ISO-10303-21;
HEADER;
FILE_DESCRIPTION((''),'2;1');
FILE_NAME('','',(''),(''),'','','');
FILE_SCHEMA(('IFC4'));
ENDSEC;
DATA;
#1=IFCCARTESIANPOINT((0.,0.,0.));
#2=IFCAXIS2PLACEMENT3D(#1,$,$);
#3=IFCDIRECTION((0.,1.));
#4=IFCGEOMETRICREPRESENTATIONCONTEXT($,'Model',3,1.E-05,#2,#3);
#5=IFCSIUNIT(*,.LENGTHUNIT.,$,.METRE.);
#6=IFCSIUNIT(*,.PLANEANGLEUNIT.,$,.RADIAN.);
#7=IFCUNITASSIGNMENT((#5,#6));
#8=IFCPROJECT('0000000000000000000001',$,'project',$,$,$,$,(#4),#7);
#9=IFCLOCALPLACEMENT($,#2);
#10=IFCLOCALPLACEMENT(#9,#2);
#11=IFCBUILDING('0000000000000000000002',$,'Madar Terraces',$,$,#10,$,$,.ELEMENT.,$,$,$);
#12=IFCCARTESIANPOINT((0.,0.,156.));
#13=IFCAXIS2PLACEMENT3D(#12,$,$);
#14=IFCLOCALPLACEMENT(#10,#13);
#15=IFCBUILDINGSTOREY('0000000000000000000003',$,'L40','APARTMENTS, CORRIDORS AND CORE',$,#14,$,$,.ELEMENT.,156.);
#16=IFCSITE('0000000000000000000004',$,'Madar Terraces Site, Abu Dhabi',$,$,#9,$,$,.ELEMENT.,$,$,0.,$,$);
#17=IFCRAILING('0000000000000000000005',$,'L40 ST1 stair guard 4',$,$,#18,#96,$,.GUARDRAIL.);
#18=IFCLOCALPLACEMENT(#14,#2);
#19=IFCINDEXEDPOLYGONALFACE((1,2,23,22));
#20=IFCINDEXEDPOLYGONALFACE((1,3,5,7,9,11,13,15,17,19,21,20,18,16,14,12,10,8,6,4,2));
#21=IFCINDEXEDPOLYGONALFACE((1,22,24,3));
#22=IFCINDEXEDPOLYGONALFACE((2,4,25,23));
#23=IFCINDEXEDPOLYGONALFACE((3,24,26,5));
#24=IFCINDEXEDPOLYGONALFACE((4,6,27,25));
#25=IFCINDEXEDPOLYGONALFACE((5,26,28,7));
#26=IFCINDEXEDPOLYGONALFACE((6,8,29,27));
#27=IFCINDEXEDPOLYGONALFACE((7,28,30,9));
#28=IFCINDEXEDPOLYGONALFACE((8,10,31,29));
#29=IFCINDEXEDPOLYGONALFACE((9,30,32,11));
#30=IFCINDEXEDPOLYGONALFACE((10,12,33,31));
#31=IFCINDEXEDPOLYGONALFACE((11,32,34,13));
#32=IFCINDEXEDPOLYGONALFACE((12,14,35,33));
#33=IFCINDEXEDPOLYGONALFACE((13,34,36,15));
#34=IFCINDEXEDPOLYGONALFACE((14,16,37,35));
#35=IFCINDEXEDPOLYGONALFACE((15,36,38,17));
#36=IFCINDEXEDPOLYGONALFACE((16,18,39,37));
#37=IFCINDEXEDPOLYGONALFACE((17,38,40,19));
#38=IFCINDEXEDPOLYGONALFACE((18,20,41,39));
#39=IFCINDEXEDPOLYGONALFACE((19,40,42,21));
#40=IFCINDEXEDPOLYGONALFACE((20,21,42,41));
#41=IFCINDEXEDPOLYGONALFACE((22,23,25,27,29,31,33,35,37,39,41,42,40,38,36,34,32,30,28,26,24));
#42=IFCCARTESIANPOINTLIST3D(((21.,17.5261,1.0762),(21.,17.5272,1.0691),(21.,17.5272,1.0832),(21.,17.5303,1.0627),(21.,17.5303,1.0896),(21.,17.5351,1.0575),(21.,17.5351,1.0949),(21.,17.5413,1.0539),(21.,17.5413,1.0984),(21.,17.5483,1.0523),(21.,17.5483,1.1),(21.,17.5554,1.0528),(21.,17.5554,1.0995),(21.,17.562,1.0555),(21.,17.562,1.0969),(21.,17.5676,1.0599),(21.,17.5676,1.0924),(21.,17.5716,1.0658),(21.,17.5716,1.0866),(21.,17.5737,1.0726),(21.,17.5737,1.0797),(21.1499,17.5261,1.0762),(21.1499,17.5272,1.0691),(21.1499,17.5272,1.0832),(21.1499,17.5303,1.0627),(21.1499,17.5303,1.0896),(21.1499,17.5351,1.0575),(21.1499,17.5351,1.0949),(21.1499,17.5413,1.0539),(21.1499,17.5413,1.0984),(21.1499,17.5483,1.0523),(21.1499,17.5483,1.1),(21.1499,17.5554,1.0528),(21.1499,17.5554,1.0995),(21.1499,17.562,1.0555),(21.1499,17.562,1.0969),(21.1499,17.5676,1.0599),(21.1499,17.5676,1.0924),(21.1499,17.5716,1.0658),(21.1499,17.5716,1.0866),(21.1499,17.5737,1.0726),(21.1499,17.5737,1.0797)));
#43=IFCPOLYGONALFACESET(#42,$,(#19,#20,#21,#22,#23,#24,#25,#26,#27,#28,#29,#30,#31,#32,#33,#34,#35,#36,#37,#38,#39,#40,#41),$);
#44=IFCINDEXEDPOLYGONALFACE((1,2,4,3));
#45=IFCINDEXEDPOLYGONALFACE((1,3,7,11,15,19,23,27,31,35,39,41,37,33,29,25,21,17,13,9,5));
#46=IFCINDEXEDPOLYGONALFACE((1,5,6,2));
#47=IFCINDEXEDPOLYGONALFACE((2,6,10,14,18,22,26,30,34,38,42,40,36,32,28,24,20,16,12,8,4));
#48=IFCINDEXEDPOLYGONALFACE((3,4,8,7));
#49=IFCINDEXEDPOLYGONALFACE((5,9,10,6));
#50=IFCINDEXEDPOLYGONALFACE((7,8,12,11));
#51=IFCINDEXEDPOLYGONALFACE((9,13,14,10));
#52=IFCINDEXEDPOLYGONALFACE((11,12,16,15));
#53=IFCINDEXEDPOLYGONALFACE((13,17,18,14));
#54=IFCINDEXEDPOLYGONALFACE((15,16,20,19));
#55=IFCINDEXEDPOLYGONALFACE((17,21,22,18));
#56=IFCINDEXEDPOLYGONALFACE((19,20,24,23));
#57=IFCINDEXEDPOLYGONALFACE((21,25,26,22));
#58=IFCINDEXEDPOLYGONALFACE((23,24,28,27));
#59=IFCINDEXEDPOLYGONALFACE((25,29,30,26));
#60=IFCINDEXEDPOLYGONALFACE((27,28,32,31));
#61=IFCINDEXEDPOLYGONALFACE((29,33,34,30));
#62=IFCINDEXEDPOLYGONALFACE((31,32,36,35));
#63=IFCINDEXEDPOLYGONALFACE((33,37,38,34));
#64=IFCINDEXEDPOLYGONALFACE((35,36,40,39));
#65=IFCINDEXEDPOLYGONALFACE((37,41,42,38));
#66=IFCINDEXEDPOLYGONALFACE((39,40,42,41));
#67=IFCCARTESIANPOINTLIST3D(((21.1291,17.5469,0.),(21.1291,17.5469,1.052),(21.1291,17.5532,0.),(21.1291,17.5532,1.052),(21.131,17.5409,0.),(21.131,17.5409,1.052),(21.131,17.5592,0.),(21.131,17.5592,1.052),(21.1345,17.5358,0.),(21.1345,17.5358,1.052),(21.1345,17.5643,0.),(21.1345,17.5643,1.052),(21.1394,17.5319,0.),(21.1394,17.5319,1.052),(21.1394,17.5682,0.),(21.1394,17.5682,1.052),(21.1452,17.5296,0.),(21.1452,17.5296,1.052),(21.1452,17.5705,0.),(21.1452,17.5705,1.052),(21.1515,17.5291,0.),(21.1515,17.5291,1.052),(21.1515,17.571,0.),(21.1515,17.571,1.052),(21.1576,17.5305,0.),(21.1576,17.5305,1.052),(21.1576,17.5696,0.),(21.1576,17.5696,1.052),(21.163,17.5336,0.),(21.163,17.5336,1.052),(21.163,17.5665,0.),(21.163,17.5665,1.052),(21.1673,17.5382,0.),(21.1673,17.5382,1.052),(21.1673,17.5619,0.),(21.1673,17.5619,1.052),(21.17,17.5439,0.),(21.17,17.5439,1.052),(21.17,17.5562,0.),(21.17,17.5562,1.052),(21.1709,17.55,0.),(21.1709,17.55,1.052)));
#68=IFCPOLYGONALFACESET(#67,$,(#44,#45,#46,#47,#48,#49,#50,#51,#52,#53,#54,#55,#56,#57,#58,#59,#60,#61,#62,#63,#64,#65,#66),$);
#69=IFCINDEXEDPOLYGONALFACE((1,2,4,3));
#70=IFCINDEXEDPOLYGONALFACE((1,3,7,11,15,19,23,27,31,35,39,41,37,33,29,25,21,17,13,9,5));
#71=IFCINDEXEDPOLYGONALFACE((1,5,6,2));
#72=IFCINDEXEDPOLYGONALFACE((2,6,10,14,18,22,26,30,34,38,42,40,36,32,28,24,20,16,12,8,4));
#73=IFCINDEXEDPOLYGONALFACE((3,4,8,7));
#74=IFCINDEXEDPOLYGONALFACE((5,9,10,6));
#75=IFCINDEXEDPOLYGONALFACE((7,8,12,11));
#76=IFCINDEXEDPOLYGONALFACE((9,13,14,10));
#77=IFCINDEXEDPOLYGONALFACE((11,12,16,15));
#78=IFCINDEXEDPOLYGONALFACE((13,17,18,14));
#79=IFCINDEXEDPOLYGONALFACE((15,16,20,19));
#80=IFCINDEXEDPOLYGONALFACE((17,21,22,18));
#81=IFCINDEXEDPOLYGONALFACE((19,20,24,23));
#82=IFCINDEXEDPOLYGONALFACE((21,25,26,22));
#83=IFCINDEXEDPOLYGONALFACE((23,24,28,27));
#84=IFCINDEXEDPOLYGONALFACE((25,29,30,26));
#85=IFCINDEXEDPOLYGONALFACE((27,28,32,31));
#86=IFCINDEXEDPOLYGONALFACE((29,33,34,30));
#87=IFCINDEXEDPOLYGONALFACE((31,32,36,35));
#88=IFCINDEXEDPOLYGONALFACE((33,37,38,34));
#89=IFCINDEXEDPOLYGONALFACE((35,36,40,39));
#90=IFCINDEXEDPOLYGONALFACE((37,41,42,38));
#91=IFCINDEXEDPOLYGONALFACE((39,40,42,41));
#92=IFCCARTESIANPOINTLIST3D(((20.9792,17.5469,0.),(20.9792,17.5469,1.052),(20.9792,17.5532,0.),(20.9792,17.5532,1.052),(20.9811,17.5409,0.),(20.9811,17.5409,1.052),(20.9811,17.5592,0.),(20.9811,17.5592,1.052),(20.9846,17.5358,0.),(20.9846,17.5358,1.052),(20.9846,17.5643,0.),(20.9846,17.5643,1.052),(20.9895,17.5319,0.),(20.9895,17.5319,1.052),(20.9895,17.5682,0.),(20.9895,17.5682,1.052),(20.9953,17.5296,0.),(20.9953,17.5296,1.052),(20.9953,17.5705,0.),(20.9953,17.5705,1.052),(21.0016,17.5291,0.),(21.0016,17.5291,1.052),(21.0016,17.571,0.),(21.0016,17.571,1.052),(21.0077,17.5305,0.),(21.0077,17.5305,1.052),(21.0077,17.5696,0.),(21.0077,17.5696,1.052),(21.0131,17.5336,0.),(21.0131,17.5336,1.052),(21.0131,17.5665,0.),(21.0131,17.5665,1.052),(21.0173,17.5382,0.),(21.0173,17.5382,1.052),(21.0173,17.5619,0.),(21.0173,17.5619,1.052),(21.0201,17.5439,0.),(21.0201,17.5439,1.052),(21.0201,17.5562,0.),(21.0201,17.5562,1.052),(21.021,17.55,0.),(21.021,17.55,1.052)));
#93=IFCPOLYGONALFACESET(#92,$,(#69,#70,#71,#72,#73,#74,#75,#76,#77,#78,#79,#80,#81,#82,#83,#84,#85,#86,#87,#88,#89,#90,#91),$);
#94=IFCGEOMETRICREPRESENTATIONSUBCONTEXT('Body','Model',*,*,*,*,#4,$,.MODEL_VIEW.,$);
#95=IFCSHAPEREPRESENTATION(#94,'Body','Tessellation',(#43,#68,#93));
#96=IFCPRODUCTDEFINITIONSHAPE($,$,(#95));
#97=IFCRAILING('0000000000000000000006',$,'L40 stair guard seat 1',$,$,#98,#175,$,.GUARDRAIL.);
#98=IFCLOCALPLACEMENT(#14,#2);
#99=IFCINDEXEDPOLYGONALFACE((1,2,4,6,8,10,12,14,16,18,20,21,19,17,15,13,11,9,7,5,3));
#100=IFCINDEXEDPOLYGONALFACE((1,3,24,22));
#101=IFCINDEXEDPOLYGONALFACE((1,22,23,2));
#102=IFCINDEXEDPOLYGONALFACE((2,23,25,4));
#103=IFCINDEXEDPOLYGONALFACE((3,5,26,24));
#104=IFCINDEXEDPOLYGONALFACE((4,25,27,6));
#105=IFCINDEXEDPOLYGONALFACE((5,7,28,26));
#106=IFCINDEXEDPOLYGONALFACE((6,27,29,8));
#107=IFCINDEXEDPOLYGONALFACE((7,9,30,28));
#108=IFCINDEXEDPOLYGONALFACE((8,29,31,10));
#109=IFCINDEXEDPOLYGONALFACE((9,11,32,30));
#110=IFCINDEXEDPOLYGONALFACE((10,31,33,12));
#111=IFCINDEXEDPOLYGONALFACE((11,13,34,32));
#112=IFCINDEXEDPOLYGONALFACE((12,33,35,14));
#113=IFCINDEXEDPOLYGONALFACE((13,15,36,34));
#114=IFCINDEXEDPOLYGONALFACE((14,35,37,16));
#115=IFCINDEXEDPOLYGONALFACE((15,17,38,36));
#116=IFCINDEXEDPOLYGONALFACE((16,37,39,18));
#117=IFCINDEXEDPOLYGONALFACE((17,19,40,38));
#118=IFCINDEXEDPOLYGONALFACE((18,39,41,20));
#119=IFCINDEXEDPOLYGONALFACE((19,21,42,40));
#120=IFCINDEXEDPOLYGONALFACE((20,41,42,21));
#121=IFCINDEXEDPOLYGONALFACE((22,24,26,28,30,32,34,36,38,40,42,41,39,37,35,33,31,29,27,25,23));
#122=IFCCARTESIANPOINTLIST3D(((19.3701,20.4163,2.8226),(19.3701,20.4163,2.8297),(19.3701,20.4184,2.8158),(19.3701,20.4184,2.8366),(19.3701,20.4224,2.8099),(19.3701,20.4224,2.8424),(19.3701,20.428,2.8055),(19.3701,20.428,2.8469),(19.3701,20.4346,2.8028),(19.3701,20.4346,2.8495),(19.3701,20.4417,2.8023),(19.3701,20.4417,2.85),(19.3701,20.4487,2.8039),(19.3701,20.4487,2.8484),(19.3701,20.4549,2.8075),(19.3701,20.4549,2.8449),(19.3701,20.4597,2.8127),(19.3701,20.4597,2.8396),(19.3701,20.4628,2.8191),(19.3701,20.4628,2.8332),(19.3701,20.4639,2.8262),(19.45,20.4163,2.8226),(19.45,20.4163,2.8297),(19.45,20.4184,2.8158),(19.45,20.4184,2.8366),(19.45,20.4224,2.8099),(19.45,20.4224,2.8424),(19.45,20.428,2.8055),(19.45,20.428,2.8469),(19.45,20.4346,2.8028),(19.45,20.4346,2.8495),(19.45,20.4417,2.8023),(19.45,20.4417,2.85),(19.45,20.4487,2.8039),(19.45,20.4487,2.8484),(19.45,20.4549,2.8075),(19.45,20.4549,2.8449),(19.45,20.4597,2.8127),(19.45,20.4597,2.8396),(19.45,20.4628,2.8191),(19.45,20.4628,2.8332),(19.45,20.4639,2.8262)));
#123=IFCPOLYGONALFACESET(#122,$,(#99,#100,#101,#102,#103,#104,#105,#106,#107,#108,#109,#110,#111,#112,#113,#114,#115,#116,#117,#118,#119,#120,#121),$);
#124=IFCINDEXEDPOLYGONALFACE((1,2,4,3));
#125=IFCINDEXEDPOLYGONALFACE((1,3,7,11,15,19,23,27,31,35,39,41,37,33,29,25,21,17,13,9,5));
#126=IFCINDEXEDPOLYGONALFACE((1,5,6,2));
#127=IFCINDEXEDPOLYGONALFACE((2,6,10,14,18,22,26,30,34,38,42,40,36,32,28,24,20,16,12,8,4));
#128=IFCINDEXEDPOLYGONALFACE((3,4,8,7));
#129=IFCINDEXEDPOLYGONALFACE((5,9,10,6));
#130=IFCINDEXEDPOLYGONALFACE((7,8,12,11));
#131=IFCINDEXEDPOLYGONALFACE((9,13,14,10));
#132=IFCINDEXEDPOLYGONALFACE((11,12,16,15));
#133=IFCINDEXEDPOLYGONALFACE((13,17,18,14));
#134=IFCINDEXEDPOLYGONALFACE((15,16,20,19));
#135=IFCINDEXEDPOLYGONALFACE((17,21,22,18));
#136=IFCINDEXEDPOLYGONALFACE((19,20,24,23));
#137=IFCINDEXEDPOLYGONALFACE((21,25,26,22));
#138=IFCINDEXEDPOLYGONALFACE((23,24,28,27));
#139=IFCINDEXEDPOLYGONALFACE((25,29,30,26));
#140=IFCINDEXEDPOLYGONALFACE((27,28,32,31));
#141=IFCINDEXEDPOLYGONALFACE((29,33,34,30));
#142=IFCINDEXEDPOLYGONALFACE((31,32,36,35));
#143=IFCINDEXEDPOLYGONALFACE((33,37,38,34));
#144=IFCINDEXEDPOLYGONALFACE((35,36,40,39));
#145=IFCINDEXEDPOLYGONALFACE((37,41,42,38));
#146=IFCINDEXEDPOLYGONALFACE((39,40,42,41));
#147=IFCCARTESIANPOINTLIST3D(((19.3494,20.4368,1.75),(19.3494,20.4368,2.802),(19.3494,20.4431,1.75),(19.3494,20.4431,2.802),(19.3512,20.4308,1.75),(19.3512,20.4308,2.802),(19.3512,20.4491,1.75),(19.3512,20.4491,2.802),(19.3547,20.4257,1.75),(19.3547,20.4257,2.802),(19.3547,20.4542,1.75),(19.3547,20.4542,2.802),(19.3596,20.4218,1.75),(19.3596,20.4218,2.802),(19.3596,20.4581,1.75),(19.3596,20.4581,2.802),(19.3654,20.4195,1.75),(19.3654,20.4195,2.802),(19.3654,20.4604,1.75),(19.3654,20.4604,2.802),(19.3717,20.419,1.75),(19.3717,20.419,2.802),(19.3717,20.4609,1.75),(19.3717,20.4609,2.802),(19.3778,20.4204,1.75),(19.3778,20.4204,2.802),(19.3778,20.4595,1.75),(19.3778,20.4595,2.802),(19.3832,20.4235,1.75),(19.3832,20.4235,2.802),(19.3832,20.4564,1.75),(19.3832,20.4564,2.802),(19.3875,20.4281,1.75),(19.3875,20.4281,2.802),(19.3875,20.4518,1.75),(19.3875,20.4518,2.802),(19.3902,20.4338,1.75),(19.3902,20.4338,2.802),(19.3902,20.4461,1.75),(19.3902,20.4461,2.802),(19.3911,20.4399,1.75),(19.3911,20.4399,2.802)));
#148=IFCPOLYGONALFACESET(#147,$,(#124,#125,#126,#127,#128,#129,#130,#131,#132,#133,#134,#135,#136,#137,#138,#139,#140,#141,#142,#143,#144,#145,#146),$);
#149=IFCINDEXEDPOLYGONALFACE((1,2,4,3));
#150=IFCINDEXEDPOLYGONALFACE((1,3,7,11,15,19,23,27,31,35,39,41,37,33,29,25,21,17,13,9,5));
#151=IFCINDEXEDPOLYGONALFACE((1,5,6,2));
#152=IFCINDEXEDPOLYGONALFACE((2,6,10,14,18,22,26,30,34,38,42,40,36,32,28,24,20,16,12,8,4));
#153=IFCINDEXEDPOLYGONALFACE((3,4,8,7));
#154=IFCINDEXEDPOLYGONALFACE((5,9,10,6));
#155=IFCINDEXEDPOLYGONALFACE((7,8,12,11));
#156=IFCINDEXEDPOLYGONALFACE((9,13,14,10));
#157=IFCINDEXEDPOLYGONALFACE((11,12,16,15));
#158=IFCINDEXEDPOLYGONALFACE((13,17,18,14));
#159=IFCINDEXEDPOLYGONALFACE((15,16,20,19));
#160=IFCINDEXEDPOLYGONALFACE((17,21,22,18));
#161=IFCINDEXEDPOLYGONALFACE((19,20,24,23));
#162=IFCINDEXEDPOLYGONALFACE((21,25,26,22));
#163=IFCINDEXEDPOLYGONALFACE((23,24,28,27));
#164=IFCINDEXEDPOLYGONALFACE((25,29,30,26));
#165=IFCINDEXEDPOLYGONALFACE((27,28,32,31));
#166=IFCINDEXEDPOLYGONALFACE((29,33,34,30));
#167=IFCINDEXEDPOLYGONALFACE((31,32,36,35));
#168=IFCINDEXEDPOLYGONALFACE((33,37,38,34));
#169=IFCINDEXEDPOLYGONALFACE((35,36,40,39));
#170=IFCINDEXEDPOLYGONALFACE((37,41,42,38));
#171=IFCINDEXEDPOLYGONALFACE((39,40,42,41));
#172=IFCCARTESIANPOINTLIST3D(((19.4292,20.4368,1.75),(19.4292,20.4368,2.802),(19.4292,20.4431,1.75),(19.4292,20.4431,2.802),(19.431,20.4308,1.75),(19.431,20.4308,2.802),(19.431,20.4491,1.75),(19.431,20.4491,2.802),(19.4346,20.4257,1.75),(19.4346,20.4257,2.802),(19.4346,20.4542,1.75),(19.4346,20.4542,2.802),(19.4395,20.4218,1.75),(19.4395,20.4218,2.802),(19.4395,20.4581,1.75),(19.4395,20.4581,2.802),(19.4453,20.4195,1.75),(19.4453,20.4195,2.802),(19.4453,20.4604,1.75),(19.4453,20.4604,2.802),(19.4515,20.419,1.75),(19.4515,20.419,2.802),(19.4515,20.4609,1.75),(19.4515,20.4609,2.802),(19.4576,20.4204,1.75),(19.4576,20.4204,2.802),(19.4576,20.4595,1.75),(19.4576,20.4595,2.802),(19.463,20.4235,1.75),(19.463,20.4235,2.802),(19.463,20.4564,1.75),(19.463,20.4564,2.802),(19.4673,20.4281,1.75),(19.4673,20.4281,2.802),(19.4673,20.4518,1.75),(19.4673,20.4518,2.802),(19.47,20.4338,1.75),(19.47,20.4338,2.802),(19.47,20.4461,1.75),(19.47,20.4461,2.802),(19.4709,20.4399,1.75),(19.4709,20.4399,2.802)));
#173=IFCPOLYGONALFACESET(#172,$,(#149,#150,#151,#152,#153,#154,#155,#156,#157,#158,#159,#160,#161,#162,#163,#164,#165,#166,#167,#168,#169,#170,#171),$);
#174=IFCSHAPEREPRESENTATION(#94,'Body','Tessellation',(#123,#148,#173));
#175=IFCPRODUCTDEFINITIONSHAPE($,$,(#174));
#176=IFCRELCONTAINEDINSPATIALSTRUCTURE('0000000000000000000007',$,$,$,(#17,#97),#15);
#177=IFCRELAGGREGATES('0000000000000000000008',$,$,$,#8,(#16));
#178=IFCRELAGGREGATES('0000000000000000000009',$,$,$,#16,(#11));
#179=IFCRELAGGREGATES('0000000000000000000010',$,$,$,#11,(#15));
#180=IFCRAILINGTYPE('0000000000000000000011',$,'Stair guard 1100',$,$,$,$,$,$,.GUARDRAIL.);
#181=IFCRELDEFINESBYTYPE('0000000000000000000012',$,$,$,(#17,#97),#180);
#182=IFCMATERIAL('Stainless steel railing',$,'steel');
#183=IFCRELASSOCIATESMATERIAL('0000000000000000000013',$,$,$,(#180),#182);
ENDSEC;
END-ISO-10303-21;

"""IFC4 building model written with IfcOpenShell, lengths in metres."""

from ifc_helpers import new_model, si_unit, direction, frame, origin, origin_2d, place, context, subcontext, project, spatial, circle, extrude, material, type_object, element, save


model = new_model("IFC4")

# Units and contexts
model_context = context("Model", 3, precision=1e-05, world=origin(), true_north=direction((0.0, 1.0)))
body_context = subcontext(model_context, "Body", "Model", "MODEL_VIEW")
ifc_project = project(units=[si_unit("LENGTHUNIT", "METRE"), si_unit("PLANEANGLEUNIT", "RADIAN")], contexts=[model_context])

# Site, building, storey
site_placement = place(None, origin())
site = spatial("IfcSite", under=ifc_project, at=site_placement, Name="Madar Terraces Site, Abu Dhabi", CompositionType="ELEMENT", RefElevation=0.0)
building_placement = place(site_placement, origin())
building = spatial("IfcBuilding", under=site, at=building_placement, Name="Madar Terraces", CompositionType="ELEMENT")
storey_placement = place(building_placement, frame((0.0, 0.0, 156.0)))
storey = spatial("IfcBuildingStorey", under=building, at=storey_placement, Name="L40", Description="APARTMENTS, CORRIDORS AND CORE", CompositionType="ELEMENT", Elevation=156.0)

# Railings
ifc_material_1 = material(Name="Stainless steel railing", Category="steel")
railing_type_1 = type_object("IfcRailingType", Name="Stair guard 1100", PredefinedType="GUARDRAIL", material=ifc_material_1)
railing_1_placement = place(storey_placement, frame((21.1499, 17.55, 0.0)))
element("IfcRailing", 1, at=railing_1_placement, inside=storey, type_object=railing_type_1, Name="L40 ST1 stair guard 4", PredefinedType="GUARDRAIL", context=body_context, shape_type="SweptSolid", body=[
    extrude(circle(Radius=0.0239, at=origin_2d()), frame((0.0, 0.0, 1.0762), z_axis=(-1.0, 0.0, 0.0), x_axis=(0.0, -1.0, 0.0)), (0.0, 0.0, 1.0), 0.1499),
    extrude(circle(Radius=0.021, at=origin_2d()), origin(), (0.0, 0.0, 1.0), 1.052),
    extrude(circle(Radius=0.021, at=origin_2d()), frame((-0.1499, 0.0, 0.0)), (0.0, 0.0, 1.0), 1.052),
])
for number, where, name in (
    (2, (19.3701, 20.4399, 1.75), "L40 stair guard seat 1"),
):
    element("IfcRailing", number, at=place(storey_placement, frame(where)), inside=storey, type_object=railing_type_1, Name=name, PredefinedType="GUARDRAIL", context=body_context, shape_type="SweptSolid", body=[
        extrude(circle(Radius=0.0239, at=origin_2d()), frame((0.0, 0.0, 1.0762), z_axis=(1.0, 0.0, 0.0), x_axis=(0.0, 1.0, 0.0)), (0.0, 0.0, 1.0), 0.0798),
        extrude(circle(Radius=0.021, at=origin_2d()), origin(), (0.0, 0.0, 1.0), 1.052),
        extrude(circle(Radius=0.021, at=origin_2d()), frame((0.0798, 0.0, 0.0)), (0.0, 0.0, 1.0), 1.052),
    ])

save(model, "model.ifc")
